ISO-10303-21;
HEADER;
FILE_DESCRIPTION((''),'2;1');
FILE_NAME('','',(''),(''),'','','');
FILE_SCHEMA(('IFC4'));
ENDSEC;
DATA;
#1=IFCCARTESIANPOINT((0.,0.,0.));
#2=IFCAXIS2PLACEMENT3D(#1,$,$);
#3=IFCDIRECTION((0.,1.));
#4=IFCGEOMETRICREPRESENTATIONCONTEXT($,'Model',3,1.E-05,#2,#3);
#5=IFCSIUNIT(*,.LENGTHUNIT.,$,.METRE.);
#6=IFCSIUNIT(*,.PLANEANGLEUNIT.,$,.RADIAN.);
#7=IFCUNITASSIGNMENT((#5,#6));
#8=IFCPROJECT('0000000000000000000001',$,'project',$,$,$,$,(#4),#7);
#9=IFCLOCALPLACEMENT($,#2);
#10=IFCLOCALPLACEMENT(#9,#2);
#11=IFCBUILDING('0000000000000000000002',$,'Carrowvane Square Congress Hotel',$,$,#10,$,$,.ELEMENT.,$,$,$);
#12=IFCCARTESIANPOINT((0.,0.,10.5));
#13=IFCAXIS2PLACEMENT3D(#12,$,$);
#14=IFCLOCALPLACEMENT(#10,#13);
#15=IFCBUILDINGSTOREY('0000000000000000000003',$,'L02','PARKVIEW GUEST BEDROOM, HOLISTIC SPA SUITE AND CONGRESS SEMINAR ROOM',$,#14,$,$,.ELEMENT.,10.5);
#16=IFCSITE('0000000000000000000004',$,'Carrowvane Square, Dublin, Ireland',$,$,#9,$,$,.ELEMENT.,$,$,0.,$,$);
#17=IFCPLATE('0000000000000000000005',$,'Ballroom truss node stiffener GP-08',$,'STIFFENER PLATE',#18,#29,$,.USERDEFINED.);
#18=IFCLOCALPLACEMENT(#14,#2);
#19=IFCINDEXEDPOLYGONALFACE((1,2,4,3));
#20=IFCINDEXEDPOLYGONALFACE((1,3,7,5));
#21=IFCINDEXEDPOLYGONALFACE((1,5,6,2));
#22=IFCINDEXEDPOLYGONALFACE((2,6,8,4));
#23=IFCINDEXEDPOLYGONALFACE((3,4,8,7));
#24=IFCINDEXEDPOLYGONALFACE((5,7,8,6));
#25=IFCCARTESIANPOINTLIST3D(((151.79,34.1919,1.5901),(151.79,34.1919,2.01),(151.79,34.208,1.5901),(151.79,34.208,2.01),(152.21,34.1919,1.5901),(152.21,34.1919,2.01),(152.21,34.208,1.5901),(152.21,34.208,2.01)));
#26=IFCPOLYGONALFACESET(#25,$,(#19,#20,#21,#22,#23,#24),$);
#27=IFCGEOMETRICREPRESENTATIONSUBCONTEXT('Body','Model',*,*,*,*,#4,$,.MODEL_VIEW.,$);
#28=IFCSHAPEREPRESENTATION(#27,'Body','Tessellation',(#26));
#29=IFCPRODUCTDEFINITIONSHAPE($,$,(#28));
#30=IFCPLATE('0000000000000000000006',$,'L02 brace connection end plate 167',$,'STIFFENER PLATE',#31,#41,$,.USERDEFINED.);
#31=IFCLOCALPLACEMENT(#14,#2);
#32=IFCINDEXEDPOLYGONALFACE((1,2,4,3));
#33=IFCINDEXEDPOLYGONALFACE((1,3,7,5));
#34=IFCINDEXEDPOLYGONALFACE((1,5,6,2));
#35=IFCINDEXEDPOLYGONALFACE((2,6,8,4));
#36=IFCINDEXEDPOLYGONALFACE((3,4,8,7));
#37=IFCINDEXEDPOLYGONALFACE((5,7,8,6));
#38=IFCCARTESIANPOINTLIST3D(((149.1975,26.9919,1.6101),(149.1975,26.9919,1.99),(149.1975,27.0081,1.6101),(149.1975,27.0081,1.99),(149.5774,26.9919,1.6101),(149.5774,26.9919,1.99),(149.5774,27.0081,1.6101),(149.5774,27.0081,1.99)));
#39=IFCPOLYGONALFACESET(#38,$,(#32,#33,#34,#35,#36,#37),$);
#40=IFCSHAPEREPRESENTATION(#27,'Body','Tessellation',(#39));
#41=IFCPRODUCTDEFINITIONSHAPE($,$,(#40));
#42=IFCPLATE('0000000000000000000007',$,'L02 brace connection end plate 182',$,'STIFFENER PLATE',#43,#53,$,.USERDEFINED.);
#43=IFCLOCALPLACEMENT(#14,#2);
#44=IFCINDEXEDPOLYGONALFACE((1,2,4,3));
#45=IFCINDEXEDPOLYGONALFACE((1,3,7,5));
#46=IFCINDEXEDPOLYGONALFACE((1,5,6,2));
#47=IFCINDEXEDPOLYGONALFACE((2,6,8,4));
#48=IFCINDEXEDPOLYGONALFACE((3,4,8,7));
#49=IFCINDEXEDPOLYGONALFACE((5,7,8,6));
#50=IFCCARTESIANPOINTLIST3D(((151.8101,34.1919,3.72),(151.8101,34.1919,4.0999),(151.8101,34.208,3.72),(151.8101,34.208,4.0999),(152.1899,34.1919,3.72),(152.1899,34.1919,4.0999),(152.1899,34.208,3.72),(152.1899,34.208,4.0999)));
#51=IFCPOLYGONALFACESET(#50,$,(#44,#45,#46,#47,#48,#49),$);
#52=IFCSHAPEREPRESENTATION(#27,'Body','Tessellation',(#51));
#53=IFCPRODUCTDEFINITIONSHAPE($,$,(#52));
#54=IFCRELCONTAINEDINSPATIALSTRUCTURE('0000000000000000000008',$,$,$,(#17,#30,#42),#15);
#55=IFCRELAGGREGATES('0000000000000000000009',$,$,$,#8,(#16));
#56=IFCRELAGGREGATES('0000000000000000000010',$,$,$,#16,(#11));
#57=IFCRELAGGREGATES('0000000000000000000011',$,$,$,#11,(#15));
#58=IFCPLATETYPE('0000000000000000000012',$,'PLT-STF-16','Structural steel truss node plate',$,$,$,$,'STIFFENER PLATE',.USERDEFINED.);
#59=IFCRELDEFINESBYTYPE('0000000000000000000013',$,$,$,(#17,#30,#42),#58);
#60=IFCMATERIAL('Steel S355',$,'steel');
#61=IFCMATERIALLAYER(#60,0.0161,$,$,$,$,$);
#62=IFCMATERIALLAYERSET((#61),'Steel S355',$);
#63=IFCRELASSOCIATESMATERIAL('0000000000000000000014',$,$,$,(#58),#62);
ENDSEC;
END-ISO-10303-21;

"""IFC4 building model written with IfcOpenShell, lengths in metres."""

from ifc_helpers import new_model, si_unit, direction, frame, origin, origin_2d, place, context, subcontext, project, spatial, rectangle, extrude, material, layer, layer_set, type_object, element, save


model = new_model("IFC4")

# Units and contexts
model_context = context("Model", 3, precision=1e-05, world=origin(), true_north=direction((0.0, 1.0)))
body_context = subcontext(model_context, "Body", "Model", "MODEL_VIEW")
ifc_project = project(units=[si_unit("LENGTHUNIT", "METRE"), si_unit("PLANEANGLEUNIT", "RADIAN")], contexts=[model_context])

# Site, building, storey
site_placement = place(None, origin())
site = spatial("IfcSite", under=ifc_project, at=site_placement, Name="Carrowvane Square, Dublin, Ireland", CompositionType="ELEMENT", RefElevation=0.0)
building_placement = place(site_placement, origin())
building = spatial("IfcBuilding", under=site, at=building_placement, Name="Carrowvane Square Congress Hotel", CompositionType="ELEMENT")
storey_placement = place(building_placement, frame((0.0, 0.0, 10.5)))
storey = spatial("IfcBuildingStorey", under=building, at=storey_placement, Name="L02", Description="PARKVIEW GUEST BEDROOM, HOLISTIC SPA SUITE AND CONGRESS SEMINAR ROOM", CompositionType="ELEMENT", Elevation=10.5)

# Plates
ifc_material_1 = material(Name="Steel S355", Category="steel")
ifc_layer_1 = layer(ifc_material_1, 0.0161)
ifc_layer_set_1 = layer_set([ifc_layer_1], Name="Steel S355")
plate_type_1 = type_object("IfcPlateType", Name="PLT-STF-16", Description="Structural steel truss node plate", ElementType="STIFFENER PLATE", PredefinedType="USERDEFINED", material=ifc_layer_set_1)
for number, where, z_axis, x_axis, name in (
    (1, (152.0, 34.2, 1.5901), (0.0, 0.0, 1.0), (1.0, 0.0, 0.0), "Ballroom truss node stiffener GP-08"),
):
    element("IfcPlate", number, at=place(storey_placement, frame(where, z_axis=z_axis, x_axis=x_axis)), inside=storey, type_object=plate_type_1, Name=name, ObjectType="STIFFENER PLATE", PredefinedType="USERDEFINED", context=body_context, shape_type="SweptSolid", body=[
        extrude(rectangle(XDim=0.4199, YDim=0.0161, at=origin_2d()), origin(), (0.0, 0.0, 1.0), 0.4199),
    ])
for number, where, z_axis, x_axis, name in (
    (2, (149.3875, 27.0, 1.6101), (0.0, 0.0, 1.0), (1.0, 0.0, 0.0), "L02 brace connection end plate 167"),
    (3, (152.0, 34.2, 3.72), (0.0, 0.0, 1.0), (1.0, 0.0, 0.0), "L02 brace connection end plate 182"),
):
    element("IfcPlate", number, at=place(storey_placement, frame(where, z_axis=z_axis, x_axis=x_axis)), inside=storey, type_object=plate_type_1, Name=name, ObjectType="STIFFENER PLATE", PredefinedType="USERDEFINED", context=body_context, shape_type="SweptSolid", body=[
        extrude(rectangle(XDim=0.3799, YDim=0.0161, at=origin_2d()), origin(), (0.0, 0.0, 1.0), 0.3799),
    ])

save(model, "model.ifc")
